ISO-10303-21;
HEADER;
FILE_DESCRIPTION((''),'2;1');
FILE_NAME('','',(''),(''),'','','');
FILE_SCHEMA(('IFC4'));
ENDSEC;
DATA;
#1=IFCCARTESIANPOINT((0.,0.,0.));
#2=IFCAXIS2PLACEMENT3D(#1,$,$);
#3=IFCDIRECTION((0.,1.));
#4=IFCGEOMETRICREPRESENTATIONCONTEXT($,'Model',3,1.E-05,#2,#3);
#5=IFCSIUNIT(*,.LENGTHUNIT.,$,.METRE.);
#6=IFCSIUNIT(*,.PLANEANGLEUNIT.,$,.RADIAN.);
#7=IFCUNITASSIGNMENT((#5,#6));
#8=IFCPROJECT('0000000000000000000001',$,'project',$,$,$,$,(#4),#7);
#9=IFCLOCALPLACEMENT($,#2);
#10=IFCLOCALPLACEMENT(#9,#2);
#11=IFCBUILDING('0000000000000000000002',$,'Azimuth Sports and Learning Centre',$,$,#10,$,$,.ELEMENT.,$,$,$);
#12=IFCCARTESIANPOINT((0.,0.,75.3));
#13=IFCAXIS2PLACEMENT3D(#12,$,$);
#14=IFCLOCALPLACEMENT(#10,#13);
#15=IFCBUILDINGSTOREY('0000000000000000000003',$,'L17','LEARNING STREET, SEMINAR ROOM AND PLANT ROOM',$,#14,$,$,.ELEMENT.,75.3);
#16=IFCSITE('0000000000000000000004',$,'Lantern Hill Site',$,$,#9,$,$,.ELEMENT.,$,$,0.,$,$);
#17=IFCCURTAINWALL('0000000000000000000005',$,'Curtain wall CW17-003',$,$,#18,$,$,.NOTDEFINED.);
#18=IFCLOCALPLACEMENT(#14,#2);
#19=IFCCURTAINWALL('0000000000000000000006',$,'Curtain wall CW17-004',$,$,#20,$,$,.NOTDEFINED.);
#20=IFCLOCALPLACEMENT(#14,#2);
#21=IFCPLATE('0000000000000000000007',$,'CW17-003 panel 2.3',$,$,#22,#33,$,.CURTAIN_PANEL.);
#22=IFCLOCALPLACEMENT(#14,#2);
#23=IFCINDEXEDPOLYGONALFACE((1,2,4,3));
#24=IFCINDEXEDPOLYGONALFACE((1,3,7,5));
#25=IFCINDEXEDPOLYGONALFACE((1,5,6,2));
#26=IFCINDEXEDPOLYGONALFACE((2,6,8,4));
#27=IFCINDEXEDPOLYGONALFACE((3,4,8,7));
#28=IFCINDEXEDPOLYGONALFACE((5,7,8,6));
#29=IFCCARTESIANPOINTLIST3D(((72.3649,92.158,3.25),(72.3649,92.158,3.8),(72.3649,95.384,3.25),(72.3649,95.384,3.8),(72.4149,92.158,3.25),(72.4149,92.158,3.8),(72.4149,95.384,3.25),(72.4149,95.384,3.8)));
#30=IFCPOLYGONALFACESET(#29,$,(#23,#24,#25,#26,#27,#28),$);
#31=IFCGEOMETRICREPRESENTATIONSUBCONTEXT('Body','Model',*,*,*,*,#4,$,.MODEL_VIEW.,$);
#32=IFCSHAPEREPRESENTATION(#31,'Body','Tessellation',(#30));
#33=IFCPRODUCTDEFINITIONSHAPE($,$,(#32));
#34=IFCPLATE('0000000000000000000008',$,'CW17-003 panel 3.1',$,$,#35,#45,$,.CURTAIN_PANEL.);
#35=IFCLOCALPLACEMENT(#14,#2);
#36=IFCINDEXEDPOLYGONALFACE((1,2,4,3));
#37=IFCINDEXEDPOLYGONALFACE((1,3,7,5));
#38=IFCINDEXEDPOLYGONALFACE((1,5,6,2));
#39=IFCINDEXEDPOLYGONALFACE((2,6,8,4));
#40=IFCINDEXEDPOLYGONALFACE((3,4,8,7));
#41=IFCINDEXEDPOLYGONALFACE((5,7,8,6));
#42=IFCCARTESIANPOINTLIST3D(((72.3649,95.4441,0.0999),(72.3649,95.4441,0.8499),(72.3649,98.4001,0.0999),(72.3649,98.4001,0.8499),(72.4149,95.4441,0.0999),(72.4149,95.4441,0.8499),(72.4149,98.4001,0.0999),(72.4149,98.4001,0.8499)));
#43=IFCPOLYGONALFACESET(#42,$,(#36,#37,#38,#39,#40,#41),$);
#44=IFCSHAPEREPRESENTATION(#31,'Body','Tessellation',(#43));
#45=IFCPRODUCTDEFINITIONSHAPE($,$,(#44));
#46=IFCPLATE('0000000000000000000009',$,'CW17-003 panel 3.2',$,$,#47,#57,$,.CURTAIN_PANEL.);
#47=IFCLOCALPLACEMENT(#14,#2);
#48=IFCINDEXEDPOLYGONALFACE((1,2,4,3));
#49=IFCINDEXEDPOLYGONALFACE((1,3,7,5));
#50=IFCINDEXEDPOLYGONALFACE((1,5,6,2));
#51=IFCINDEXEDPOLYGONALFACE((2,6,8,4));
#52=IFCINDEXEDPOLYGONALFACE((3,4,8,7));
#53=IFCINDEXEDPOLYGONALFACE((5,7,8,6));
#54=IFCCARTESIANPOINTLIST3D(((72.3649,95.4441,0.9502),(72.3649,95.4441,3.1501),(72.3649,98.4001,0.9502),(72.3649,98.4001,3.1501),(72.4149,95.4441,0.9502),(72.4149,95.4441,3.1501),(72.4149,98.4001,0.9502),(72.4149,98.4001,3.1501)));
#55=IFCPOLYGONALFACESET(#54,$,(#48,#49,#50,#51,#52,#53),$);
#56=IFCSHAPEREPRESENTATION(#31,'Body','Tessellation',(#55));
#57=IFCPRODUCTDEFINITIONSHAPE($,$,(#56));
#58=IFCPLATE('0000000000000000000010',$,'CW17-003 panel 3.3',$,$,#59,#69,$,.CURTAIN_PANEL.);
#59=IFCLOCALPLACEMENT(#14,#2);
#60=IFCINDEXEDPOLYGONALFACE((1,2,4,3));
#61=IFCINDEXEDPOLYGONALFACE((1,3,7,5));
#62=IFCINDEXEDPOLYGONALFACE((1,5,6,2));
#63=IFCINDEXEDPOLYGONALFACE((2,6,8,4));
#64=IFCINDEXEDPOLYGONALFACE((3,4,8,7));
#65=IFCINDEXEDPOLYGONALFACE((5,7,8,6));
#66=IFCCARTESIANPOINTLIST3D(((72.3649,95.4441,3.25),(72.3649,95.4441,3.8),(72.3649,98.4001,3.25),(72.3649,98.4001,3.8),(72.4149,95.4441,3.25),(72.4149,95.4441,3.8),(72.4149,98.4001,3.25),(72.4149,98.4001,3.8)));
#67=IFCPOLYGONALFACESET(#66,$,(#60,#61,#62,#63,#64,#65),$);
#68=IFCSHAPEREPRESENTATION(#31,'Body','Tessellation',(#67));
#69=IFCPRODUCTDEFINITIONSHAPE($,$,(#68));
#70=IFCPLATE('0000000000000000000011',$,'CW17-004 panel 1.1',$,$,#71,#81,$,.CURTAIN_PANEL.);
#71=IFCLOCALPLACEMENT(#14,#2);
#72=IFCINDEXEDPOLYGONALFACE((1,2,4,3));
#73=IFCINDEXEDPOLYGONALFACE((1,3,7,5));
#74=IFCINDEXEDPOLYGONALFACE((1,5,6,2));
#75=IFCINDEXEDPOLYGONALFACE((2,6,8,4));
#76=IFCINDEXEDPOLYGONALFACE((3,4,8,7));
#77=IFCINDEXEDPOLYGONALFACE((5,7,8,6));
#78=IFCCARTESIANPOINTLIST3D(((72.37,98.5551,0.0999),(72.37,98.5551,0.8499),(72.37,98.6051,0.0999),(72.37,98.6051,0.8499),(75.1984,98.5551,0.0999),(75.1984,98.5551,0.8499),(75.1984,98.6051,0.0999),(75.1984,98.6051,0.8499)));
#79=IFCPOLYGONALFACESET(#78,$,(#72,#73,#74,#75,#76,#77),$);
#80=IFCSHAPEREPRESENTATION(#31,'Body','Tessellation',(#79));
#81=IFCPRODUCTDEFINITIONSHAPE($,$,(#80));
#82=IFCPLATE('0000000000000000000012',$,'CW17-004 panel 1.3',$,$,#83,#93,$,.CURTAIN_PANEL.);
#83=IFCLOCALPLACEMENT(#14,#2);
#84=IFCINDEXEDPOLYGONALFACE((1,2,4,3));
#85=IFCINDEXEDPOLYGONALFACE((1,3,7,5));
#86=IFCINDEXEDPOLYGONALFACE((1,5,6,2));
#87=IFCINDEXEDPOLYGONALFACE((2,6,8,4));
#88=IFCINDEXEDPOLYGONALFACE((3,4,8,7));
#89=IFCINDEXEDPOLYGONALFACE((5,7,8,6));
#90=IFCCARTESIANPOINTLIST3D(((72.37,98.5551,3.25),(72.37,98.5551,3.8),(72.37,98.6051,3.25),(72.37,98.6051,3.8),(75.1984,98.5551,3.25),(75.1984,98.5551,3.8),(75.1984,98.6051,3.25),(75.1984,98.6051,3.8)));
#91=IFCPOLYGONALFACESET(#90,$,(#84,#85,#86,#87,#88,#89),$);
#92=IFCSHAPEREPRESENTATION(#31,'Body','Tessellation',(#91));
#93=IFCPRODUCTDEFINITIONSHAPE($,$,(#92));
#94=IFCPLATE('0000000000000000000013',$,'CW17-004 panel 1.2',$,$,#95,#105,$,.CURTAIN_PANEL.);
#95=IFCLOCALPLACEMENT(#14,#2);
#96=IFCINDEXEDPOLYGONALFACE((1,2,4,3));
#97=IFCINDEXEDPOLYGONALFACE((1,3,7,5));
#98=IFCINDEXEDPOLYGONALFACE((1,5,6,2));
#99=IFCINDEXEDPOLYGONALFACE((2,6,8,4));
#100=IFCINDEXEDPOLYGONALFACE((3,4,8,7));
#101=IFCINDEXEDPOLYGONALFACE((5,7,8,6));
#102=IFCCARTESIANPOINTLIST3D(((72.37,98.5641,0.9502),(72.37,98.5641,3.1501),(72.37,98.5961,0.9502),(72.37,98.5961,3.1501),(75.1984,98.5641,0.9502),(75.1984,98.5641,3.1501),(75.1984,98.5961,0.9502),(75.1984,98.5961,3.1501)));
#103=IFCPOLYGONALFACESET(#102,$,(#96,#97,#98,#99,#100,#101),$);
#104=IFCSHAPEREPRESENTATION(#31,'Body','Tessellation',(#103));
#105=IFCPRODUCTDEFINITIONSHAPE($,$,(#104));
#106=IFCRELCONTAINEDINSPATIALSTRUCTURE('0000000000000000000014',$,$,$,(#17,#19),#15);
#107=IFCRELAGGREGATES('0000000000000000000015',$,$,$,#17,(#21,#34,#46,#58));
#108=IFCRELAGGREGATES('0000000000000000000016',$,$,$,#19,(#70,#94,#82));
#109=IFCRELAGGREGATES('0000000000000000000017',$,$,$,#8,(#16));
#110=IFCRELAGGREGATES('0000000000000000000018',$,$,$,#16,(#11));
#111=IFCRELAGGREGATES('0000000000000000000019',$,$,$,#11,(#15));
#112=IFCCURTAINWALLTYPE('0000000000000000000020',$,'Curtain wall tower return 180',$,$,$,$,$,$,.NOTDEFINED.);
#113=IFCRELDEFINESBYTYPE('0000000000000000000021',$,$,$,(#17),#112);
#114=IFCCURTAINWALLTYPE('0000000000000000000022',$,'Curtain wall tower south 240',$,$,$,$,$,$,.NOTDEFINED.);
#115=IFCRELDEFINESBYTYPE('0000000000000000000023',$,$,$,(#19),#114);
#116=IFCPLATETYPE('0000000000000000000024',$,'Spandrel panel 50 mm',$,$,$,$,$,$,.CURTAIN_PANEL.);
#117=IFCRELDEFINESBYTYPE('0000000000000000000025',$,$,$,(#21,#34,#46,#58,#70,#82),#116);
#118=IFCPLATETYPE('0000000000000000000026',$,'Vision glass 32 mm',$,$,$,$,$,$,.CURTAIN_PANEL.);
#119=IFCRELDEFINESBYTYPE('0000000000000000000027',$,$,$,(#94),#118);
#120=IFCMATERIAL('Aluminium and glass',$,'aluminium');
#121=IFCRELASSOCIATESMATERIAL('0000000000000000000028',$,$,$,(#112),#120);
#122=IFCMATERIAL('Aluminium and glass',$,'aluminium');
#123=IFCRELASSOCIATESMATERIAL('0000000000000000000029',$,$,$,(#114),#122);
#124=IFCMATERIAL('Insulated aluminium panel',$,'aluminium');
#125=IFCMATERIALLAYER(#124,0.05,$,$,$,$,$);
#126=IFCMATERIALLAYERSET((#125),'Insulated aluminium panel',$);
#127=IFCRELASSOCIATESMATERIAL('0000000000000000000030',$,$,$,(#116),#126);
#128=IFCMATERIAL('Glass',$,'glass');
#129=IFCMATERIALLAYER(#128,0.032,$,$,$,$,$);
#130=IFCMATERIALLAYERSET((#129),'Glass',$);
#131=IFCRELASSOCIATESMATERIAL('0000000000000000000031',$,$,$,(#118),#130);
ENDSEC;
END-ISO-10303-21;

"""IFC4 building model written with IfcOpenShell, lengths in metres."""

from ifc_helpers import new_model, si_unit, direction, frame, origin, origin_2d, place, context, subcontext, project, spatial, rectangle, extrude, material, layer, layer_set, type_object, element, aggregate, save


model = new_model("IFC4")

# Units and contexts
model_context = context("Model", 3, precision=1e-05, world=origin(), true_north=direction((0.0, 1.0)))
body_context = subcontext(model_context, "Body", "Model", "MODEL_VIEW")
ifc_project = project(units=[si_unit("LENGTHUNIT", "METRE"), si_unit("PLANEANGLEUNIT", "RADIAN")], contexts=[model_context])

# Site, building, storey
site_placement = place(None, origin())
site = spatial("IfcSite", under=ifc_project, at=site_placement, Name="Lantern Hill Site", CompositionType="ELEMENT", RefElevation=0.0)
building_placement = place(site_placement, origin())
building = spatial("IfcBuilding", under=site, at=building_placement, Name="Azimuth Sports and Learning Centre", CompositionType="ELEMENT")
storey_placement = place(building_placement, frame((0.0, 0.0, 75.3)))
storey = spatial("IfcBuildingStorey", under=building, at=storey_placement, Name="L17", Description="LEARNING STREET, SEMINAR ROOM AND PLANT ROOM", CompositionType="ELEMENT", Elevation=75.3)

# Curtain wall
ifc_material_1 = material(Name="Aluminium and glass", Category="aluminium")
curtain_wall_type_1 = type_object("IfcCurtainWallType", Name="Curtain wall tower return 180", PredefinedType="NOTDEFINED", material=ifc_material_1)
curtain_wall_1_placement = place(storey_placement, origin())
curtain_wall_1 = element("IfcCurtainWall", 1, at=curtain_wall_1_placement, inside=storey, type_object=curtain_wall_type_1, Name="Curtain wall CW17-003", PredefinedType="NOTDEFINED")

# Curtain wall
ifc_material_2 = material(Name="Aluminium and glass", Category="aluminium")
curtain_wall_type_2 = type_object("IfcCurtainWallType", Name="Curtain wall tower south 240", PredefinedType="NOTDEFINED", material=ifc_material_2)
curtain_wall_2_placement = place(storey_placement, origin())
curtain_wall_2 = element("IfcCurtainWall", 2, at=curtain_wall_2_placement, inside=storey, type_object=curtain_wall_type_2, Name="Curtain wall CW17-004", PredefinedType="NOTDEFINED")

# Plates
ifc_material_3 = material(Name="Insulated aluminium panel", Category="aluminium")
ifc_layer_1 = layer(ifc_material_3, 0.05)
ifc_layer_set_1 = layer_set([ifc_layer_1], Name="Insulated aluminium panel")
plate_type_1 = type_object("IfcPlateType", Name="Spandrel panel 50 mm", PredefinedType="CURTAIN_PANEL", material=ifc_layer_set_1)
plate_1_placement = place(storey_placement, frame((72.3899, 93.771, 3.25), z_axis=(0.0, 0.0, 1.0), x_axis=(0.0, 1.0, 0.0)))
plate_1 = element("IfcPlate", 3, at=plate_1_placement, type_object=plate_type_1, Name="CW17-003 panel 2.3", PredefinedType="CURTAIN_PANEL", context=body_context, shape_type="SweptSolid", body=[
    extrude(rectangle(XDim=3.2261, YDim=0.05, at=origin_2d()), origin(), (0.0, 0.0, 1.0), 0.55),
])
plate_2_placement = place(storey_placement, frame((72.3899, 96.9221, 0.0999), z_axis=(0.0, 0.0, 1.0), x_axis=(0.0, 1.0, 0.0)))
plate_2 = element("IfcPlate", 4, at=plate_2_placement, type_object=plate_type_1, Name="CW17-003 panel 3.1", PredefinedType="CURTAIN_PANEL", context=body_context, shape_type="SweptSolid", body=[
    extrude(rectangle(XDim=2.9561, YDim=0.05, at=origin_2d()), origin(), (0.0, 0.0, 1.0), 0.75),
])
plate_3_placement = place(storey_placement, frame((72.3899, 96.9221, 0.9502), z_axis=(0.0, 0.0, 1.0), x_axis=(0.0, 1.0, 0.0)))
plate_3 = element("IfcPlate", 5, at=plate_3_placement, type_object=plate_type_1, Name="CW17-003 panel 3.2", PredefinedType="CURTAIN_PANEL", context=body_context, shape_type="SweptSolid", body=[
    extrude(rectangle(XDim=2.9561, YDim=0.05, at=origin_2d()), origin(), (0.0, 0.0, 1.0), 2.2),
])
plate_4_placement = place(storey_placement, frame((72.3899, 96.9221, 3.25), z_axis=(0.0, 0.0, 1.0), x_axis=(0.0, 1.0, 0.0)))
plate_4 = element("IfcPlate", 6, at=plate_4_placement, type_object=plate_type_1, Name="CW17-003 panel 3.3", PredefinedType="CURTAIN_PANEL", context=body_context, shape_type="SweptSolid", body=[
    extrude(rectangle(XDim=2.9561, YDim=0.05, at=origin_2d()), origin(), (0.0, 0.0, 1.0), 0.55),
])
aggregate(curtain_wall_1, [plate_1, plate_2, plate_3, plate_4])
plate_5_placement = place(storey_placement, frame((73.7842, 98.5801, 0.0999), z_axis=(0.0, 0.0, 1.0), x_axis=(1.0, 0.0, 0.0)))
plate_5 = element("IfcPlate", 7, at=plate_5_placement, type_object=plate_type_1, Name="CW17-004 panel 1.1", PredefinedType="CURTAIN_PANEL", context=body_context, shape_type="SweptSolid", body=[
    extrude(rectangle(XDim=2.8284, YDim=0.05, at=origin_2d()), origin(), (0.0, 0.0, 1.0), 0.75),
])
plate_6_placement = place(storey_placement, frame((73.7842, 98.5801, 3.25), z_axis=(0.0, 0.0, 1.0), x_axis=(1.0, 0.0, 0.0)))
plate_6 = element("IfcPlate", 8, at=plate_6_placement, type_object=plate_type_1, Name="CW17-004 panel 1.3", PredefinedType="CURTAIN_PANEL", context=body_context, shape_type="SweptSolid", body=[
    extrude(rectangle(XDim=2.8284, YDim=0.05, at=origin_2d()), origin(), (0.0, 0.0, 1.0), 0.55),
])
ifc_material_4 = material(Name="Glass", Category="glass")
ifc_layer_2 = layer(ifc_material_4, 0.032)
ifc_layer_set_2 = layer_set([ifc_layer_2], Name="Glass")
plate_type_2 = type_object("IfcPlateType", Name="Vision glass 32 mm", PredefinedType="CURTAIN_PANEL", material=ifc_layer_set_2)
plate_7_placement = place(storey_placement, frame((73.7842, 98.5801, 0.9502), z_axis=(0.0, 0.0, 1.0), x_axis=(1.0, 0.0, 0.0)))
plate_7 = element("IfcPlate", 9, at=plate_7_placement, type_object=plate_type_2, Name="CW17-004 panel 1.2", PredefinedType="CURTAIN_PANEL", context=body_context, shape_type="SweptSolid", body=[
    extrude(rectangle(XDim=2.8284, YDim=0.032, at=origin_2d()), origin(), (0.0, 0.0, 1.0), 2.2),
])
aggregate(curtain_wall_2, [plate_5, plate_7, plate_6])

save(model, "model.ifc")
